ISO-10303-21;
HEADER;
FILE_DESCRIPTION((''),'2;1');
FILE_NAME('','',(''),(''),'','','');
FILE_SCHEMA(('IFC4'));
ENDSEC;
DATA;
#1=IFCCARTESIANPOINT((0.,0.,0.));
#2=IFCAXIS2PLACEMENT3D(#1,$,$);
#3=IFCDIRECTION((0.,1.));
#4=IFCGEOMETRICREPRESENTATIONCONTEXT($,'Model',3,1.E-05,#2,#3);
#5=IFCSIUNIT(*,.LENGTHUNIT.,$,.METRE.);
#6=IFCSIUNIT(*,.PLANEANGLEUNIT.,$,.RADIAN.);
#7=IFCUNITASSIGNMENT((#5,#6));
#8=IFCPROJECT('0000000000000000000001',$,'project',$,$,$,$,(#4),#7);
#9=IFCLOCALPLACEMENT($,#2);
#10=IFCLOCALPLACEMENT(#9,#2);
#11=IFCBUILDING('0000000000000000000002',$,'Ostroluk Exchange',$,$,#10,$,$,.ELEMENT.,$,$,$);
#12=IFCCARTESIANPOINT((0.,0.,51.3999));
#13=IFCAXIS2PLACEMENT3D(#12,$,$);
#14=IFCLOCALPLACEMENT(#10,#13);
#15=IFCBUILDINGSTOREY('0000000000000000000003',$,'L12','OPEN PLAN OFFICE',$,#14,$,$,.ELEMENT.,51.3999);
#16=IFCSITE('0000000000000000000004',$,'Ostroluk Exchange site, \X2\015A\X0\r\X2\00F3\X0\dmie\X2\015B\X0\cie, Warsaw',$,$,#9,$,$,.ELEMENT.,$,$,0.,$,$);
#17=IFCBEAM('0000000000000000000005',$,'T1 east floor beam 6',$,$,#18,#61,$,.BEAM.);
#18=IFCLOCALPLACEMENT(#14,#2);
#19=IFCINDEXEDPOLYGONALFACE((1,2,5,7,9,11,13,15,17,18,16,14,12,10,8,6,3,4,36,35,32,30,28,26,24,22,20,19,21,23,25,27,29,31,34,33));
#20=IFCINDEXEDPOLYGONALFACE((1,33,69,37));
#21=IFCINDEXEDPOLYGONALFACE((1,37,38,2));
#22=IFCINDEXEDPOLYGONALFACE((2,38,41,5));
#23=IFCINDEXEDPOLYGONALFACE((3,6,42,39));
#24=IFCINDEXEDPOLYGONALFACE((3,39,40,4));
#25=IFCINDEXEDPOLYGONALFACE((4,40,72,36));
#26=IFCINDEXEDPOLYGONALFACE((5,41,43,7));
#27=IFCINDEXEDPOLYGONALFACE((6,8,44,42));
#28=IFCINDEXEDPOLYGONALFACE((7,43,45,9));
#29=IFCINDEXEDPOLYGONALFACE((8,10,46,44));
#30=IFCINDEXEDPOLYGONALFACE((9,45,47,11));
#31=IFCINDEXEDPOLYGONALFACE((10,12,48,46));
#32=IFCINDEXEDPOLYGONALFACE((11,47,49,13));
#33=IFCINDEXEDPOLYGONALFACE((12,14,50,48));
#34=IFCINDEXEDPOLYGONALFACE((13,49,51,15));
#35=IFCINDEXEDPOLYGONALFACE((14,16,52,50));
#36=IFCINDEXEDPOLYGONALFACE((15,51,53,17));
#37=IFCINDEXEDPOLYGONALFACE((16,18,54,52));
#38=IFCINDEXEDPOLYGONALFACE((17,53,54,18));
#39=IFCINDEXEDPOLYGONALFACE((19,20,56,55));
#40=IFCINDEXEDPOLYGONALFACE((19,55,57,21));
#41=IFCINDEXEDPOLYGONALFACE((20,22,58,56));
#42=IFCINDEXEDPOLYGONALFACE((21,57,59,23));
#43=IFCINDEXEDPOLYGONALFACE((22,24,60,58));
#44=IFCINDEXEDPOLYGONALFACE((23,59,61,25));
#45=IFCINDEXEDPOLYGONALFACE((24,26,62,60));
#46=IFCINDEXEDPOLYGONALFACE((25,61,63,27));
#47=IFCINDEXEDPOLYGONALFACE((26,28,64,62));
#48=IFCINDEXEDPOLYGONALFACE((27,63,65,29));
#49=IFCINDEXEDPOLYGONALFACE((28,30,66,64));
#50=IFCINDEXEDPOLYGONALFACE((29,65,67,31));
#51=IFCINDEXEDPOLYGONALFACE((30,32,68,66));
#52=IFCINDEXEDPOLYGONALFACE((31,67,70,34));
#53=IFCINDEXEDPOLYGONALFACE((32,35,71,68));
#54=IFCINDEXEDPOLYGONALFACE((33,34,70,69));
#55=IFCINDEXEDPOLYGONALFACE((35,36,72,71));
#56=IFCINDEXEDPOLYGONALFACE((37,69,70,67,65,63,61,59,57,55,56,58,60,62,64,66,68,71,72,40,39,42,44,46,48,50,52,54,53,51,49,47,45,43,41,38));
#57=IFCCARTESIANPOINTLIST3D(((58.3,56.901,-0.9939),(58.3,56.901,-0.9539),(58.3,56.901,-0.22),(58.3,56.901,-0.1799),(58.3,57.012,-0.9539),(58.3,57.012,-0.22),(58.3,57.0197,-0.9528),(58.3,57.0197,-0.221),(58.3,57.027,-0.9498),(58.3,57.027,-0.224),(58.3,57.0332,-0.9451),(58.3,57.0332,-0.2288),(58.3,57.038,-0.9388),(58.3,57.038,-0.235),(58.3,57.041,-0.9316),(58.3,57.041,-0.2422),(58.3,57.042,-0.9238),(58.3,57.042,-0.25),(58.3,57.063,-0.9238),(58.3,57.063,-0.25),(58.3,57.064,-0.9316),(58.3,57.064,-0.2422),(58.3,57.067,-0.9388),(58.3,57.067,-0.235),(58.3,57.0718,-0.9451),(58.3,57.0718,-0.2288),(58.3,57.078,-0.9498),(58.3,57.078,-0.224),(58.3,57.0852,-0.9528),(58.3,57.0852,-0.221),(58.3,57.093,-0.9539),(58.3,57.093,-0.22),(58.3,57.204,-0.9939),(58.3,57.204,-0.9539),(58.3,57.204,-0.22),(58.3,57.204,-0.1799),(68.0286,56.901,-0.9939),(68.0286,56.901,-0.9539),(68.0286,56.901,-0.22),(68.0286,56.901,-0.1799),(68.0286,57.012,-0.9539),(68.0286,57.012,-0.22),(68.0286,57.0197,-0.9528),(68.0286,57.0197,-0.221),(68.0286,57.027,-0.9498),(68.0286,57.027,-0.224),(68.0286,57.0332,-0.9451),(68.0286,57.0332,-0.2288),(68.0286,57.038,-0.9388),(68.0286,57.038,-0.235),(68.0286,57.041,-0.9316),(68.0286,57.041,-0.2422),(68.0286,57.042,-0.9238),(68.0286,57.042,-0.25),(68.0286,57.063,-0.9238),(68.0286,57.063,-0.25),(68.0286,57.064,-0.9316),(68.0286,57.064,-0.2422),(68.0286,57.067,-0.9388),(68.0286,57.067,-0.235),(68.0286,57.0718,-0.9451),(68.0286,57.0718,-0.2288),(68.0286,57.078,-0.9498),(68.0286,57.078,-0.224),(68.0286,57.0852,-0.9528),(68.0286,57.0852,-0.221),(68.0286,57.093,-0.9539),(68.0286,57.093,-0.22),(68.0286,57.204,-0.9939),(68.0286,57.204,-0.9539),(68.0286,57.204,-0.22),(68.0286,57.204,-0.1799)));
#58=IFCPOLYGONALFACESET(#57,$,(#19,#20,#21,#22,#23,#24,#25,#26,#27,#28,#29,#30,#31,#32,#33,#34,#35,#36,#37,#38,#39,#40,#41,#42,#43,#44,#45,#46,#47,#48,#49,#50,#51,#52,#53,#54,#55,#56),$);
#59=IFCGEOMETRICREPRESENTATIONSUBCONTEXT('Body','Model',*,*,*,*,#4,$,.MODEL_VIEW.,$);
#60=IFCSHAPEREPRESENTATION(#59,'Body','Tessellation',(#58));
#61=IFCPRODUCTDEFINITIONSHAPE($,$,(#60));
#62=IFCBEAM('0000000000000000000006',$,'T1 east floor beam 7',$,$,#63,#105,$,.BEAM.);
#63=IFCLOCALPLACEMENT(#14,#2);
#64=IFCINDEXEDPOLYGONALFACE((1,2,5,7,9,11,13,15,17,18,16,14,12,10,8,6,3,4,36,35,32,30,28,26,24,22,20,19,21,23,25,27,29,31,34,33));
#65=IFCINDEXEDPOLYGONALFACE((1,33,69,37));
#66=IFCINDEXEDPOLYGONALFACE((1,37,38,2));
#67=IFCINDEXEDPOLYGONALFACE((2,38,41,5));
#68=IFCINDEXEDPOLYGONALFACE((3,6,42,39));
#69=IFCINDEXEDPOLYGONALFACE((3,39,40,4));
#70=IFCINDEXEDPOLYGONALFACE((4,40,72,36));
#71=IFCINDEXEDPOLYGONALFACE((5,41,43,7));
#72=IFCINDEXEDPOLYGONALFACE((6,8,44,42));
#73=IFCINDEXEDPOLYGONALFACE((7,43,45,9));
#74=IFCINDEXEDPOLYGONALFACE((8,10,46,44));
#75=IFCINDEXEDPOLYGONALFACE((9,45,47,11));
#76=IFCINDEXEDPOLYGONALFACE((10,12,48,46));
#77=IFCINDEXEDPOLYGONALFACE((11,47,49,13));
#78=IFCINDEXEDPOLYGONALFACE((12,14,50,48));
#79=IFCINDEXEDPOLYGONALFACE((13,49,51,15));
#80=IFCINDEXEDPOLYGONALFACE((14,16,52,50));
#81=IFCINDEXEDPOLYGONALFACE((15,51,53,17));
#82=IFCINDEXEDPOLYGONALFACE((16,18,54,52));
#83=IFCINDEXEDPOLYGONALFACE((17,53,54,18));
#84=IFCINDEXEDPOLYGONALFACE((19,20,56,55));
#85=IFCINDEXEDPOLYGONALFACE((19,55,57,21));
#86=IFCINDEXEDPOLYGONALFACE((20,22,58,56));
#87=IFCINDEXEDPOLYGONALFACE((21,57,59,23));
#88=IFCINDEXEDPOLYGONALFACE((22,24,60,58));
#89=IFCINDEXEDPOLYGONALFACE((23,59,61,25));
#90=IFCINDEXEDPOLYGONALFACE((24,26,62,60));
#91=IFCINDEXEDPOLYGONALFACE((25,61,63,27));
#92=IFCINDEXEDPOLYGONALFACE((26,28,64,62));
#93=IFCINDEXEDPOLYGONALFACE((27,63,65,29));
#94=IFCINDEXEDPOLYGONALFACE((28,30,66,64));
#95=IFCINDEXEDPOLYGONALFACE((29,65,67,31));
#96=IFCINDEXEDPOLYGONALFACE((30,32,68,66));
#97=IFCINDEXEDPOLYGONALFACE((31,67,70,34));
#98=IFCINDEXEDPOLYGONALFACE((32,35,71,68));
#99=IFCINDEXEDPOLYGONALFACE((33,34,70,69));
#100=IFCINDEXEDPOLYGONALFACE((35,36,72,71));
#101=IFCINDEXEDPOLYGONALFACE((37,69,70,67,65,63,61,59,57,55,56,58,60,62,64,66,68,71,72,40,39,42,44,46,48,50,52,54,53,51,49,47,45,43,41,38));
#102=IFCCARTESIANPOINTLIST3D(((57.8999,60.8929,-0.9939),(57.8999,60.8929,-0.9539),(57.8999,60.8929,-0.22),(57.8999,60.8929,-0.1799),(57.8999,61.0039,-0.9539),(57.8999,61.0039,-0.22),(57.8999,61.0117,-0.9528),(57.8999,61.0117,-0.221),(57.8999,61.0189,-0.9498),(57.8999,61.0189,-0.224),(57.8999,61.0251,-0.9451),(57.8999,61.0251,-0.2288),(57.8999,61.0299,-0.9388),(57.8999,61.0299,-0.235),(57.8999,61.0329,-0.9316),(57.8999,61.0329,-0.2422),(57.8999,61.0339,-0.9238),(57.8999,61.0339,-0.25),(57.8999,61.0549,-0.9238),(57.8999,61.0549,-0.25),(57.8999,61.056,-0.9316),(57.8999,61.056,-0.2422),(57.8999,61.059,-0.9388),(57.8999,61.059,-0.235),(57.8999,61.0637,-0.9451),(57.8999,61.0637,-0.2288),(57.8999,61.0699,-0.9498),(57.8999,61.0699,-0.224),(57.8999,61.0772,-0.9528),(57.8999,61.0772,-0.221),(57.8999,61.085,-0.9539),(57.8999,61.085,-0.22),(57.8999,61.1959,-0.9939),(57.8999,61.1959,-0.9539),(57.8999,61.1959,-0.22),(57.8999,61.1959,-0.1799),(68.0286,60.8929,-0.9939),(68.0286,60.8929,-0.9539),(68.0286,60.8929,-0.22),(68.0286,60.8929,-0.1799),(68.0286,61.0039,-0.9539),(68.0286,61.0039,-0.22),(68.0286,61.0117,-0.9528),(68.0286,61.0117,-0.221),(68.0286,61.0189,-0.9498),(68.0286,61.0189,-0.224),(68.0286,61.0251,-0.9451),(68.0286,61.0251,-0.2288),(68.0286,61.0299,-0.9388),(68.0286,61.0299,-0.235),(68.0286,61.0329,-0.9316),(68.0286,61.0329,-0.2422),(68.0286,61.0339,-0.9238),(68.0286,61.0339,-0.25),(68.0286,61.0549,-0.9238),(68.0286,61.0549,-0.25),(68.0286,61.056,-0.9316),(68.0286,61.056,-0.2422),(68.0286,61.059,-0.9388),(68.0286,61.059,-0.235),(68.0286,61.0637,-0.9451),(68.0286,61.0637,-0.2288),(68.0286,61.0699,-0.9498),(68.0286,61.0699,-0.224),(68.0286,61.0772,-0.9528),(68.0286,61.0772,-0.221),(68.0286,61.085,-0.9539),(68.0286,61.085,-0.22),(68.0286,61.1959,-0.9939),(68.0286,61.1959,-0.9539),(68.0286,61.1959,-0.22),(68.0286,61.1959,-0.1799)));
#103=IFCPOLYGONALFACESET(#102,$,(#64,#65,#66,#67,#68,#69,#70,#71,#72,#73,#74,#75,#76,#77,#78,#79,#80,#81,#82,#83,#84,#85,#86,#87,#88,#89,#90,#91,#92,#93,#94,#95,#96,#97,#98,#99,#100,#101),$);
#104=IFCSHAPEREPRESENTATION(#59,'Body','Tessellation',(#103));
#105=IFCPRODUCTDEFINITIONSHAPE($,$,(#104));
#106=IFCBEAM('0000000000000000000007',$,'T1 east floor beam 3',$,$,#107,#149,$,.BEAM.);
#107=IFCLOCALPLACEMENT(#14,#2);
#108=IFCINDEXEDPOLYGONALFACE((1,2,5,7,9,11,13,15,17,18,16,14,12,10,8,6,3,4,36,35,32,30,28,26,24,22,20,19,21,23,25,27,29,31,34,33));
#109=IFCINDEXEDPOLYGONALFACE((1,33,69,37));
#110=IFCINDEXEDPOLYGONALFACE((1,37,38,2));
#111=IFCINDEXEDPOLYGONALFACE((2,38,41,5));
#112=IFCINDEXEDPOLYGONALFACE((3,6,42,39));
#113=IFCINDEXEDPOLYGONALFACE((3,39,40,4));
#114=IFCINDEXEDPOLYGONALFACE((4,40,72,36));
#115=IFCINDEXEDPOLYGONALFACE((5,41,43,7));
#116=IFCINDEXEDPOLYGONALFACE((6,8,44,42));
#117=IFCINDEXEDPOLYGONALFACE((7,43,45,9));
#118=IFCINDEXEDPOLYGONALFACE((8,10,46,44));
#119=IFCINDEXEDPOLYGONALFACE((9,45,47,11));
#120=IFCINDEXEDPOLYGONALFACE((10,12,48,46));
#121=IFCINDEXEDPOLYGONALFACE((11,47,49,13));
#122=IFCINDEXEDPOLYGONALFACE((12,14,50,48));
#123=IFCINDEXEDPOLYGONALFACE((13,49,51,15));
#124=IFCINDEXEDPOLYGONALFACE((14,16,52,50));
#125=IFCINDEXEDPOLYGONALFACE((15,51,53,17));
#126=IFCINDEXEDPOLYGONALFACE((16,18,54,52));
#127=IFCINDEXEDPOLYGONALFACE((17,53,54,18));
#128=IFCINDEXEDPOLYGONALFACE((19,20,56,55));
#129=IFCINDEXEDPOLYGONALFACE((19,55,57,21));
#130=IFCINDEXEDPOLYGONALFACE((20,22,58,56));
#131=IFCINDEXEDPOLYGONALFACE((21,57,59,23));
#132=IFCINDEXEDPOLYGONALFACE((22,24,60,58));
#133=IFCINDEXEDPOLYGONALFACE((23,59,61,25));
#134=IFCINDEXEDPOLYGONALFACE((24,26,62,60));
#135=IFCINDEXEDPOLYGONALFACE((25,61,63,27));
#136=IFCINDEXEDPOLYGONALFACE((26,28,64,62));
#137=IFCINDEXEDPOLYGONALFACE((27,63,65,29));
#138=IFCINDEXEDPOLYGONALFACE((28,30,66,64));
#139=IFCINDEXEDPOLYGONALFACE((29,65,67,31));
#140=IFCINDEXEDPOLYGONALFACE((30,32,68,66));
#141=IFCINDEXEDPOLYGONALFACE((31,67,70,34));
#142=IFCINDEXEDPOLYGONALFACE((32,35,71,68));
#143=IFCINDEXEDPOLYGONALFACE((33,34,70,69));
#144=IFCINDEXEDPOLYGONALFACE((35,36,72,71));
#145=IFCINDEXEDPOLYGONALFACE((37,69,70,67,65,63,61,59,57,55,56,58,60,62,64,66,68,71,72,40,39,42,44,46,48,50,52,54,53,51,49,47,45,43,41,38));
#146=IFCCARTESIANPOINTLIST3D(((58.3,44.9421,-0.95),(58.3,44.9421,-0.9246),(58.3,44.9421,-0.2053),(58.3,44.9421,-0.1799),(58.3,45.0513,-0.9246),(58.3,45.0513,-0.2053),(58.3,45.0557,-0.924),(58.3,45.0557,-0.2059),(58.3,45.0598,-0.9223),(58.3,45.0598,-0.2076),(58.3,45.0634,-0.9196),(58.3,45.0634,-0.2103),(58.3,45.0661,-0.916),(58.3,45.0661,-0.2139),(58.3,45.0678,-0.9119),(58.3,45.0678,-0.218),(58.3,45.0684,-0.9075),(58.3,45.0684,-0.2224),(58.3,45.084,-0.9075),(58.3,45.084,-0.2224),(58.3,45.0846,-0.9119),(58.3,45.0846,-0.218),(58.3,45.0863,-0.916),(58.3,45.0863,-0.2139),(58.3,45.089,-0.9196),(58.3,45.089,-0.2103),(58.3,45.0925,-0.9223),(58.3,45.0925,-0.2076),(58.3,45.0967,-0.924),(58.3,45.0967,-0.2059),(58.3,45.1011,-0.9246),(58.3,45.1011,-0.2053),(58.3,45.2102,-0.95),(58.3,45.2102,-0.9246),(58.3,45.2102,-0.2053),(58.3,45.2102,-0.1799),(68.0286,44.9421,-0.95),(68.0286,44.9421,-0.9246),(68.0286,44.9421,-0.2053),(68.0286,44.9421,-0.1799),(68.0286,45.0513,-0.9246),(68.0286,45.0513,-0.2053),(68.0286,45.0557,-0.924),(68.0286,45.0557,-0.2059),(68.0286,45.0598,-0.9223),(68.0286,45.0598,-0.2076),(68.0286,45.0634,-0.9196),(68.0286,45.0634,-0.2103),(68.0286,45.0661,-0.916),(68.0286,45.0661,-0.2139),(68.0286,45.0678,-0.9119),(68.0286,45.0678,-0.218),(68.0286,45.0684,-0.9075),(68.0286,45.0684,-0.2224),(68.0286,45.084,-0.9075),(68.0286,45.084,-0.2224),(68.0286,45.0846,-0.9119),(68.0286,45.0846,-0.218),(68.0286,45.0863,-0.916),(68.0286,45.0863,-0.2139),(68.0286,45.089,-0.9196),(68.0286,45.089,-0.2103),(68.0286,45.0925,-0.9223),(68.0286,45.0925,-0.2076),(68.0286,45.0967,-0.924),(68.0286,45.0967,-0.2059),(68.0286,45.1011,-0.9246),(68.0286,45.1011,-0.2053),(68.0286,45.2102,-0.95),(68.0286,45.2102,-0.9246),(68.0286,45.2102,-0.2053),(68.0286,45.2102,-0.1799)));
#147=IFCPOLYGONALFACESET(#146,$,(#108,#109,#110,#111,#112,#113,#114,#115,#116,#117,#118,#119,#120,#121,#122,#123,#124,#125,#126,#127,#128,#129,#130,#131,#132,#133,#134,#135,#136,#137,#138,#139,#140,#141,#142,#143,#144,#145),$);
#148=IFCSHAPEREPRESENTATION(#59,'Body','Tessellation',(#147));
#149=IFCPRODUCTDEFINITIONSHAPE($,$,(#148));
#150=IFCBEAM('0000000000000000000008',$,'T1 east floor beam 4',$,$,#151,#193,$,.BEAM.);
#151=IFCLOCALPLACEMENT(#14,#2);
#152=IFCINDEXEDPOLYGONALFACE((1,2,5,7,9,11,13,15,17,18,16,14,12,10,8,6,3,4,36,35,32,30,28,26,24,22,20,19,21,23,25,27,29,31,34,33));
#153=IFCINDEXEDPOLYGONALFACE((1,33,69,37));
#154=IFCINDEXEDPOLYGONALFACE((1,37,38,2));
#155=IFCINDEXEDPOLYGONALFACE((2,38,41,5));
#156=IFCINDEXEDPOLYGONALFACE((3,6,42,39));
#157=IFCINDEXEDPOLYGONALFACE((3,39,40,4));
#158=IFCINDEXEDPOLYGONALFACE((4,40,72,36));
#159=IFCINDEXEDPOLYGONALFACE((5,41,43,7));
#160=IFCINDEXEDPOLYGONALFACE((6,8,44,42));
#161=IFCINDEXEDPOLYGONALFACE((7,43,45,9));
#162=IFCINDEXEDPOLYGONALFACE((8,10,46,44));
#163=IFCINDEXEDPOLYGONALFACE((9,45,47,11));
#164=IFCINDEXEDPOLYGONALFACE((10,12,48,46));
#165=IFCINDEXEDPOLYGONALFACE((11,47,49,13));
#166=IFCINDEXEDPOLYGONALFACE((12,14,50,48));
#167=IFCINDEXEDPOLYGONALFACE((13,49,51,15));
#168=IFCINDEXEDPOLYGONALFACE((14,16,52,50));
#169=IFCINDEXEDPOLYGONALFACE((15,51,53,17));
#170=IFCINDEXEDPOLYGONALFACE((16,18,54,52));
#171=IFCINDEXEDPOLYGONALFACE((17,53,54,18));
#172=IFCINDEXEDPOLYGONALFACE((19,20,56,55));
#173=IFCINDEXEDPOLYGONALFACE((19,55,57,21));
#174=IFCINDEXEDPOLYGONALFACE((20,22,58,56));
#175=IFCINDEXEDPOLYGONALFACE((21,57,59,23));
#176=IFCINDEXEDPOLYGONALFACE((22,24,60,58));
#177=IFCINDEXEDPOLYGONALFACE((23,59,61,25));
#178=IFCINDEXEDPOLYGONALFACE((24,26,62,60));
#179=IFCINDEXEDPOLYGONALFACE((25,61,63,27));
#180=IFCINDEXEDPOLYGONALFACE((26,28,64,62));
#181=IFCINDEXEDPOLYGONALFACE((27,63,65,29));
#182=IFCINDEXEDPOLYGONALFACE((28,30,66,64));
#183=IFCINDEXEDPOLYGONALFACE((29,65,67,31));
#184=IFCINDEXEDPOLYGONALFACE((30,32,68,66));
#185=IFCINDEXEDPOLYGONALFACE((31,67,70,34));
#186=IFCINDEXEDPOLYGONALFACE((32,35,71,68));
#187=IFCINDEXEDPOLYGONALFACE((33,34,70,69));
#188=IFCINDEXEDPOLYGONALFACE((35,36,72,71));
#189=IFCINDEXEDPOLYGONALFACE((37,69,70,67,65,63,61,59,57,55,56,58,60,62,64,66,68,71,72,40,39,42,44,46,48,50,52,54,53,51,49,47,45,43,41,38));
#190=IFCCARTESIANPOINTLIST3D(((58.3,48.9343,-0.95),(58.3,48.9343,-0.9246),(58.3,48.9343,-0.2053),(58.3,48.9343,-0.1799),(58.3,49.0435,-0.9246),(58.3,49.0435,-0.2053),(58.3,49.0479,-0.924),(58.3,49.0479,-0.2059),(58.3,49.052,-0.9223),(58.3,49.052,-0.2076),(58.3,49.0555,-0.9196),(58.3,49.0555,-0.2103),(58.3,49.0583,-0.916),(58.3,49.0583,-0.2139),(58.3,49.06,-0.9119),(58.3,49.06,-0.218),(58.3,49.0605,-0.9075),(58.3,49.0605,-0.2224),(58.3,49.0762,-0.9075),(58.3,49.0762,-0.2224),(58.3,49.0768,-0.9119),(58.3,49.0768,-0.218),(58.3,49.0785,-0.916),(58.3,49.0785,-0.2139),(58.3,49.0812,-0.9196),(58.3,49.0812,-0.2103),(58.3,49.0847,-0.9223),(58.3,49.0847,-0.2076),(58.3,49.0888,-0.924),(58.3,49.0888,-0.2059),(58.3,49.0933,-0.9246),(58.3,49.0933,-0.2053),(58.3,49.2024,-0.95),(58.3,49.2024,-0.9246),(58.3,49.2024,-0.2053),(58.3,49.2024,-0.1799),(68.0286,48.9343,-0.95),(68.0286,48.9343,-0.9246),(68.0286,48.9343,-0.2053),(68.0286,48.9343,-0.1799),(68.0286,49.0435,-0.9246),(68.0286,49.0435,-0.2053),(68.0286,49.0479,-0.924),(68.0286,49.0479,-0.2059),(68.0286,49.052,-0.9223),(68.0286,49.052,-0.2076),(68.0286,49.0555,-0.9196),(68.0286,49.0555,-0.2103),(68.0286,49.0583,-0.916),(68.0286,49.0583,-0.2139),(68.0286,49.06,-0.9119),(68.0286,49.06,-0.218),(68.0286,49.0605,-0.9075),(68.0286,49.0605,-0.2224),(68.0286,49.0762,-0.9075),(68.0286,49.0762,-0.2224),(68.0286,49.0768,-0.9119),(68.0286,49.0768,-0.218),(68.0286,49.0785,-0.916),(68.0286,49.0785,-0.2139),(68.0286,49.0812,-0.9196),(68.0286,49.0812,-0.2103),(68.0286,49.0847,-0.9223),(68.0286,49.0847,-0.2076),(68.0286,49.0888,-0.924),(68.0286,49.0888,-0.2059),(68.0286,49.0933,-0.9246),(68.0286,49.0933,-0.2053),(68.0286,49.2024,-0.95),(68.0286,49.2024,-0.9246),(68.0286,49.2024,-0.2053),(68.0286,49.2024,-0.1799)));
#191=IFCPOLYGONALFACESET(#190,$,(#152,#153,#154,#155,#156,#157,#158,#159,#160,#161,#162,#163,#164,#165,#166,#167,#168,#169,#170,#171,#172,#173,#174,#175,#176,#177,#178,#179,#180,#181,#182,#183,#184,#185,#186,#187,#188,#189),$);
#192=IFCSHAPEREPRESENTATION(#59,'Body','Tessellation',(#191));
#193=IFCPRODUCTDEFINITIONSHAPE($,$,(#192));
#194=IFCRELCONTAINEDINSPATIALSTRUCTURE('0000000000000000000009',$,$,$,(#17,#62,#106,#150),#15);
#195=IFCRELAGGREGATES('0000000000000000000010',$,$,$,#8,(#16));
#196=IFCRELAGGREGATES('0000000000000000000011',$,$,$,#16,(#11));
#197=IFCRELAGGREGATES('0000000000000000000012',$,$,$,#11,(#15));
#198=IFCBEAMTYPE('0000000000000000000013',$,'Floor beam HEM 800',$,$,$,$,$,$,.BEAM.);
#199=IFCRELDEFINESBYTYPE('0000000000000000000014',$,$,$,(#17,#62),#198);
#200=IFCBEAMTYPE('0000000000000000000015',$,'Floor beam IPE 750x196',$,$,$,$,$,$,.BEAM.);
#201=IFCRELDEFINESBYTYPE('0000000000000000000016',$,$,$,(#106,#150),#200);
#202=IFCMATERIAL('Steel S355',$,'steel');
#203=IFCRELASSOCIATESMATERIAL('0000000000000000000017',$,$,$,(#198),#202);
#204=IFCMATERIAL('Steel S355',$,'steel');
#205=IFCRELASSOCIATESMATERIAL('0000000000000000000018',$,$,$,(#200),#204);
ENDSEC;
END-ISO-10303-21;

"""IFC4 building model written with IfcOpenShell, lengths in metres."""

from ifc_helpers import new_model, si_unit, direction, frame, origin, origin_2d, place, context, subcontext, project, spatial, i_section, extrude, material, material_profile, profile_set, type_object, element, save


model = new_model("IFC4")

# Units and contexts
model_context = context("Model", 3, precision=1e-05, world=origin(), true_north=direction((0.0, 1.0)))
body_context = subcontext(model_context, "Body", "Model", "MODEL_VIEW")
ifc_project = project(units=[si_unit("LENGTHUNIT", "METRE"), si_unit("PLANEANGLEUNIT", "RADIAN")], contexts=[model_context])

# Site, building, storey
site_placement = place(None, origin())
site = spatial("IfcSite", under=ifc_project, at=site_placement, Name="Ostroluk Exchange site, Śródmieście, Warsaw", CompositionType="ELEMENT", RefElevation=0.0)
building_placement = place(site_placement, origin())
building = spatial("IfcBuilding", under=site, at=building_placement, Name="Ostroluk Exchange", CompositionType="ELEMENT")
storey_placement = place(building_placement, frame((0.0, 0.0, 51.3999)))
storey = spatial("IfcBuildingStorey", under=building, at=storey_placement, Name="L12", Description="OPEN PLAN OFFICE", CompositionType="ELEMENT", Elevation=51.3999)

# Beams
ifc_material_1 = material(Name="Steel S355", Category="steel")
ifc_material_profile_1 = material_profile(ifc_material_1, i_section(OverallWidth=0.303, OverallDepth=0.814, WebThickness=0.021, FlangeThickness=0.04, FilletRadius=0.03, at=origin_2d()), Name="HEM 800")
ifc_profile_set_1 = profile_set([ifc_material_profile_1], Name="Steel S355")
beam_type_1 = type_object("IfcBeamType", Name="Floor beam HEM 800", PredefinedType="BEAM", material=ifc_profile_set_1)
beam_1_placement = place(storey_placement, frame((58.3, 57.0525, -0.5869), z_axis=(1.0, 0.0, 0.0), x_axis=(0.0, 1.0, 0.0)))
element("IfcBeam", 1, at=beam_1_placement, inside=storey, type_object=beam_type_1, Name="T1 east floor beam 6", PredefinedType="BEAM", context=body_context, shape_type="SweptSolid", body=[
    extrude(i_section(OverallWidth=0.303, OverallDepth=0.814, WebThickness=0.021, FlangeThickness=0.04, FilletRadius=0.03, at=origin_2d()), origin(), (0.0, 0.0, 1.0), 9.7285),
])
beam_2_placement = place(storey_placement, frame((57.8999, 61.0444, -0.5869), z_axis=(1.0, 0.0, 0.0), x_axis=(0.0, 1.0, 0.0)))
element("IfcBeam", 2, at=beam_2_placement, inside=storey, type_object=beam_type_1, Name="T1 east floor beam 7", PredefinedType="BEAM", context=body_context, shape_type="SweptSolid", body=[
    extrude(i_section(OverallWidth=0.303, OverallDepth=0.814, WebThickness=0.021, FlangeThickness=0.04, FilletRadius=0.03, at=origin_2d()), origin(), (0.0, 0.0, 1.0), 10.1287),
])
ifc_material_2 = material(Name="Steel S355", Category="steel")
ifc_material_profile_2 = material_profile(ifc_material_2, i_section(OverallWidth=0.2681, OverallDepth=0.77, WebThickness=0.0156, FlangeThickness=0.0254, FilletRadius=0.0171, at=origin_2d()), Name="IPE 750x196")
ifc_profile_set_2 = profile_set([ifc_material_profile_2], Name="Steel S355")
beam_type_2 = type_object("IfcBeamType", Name="Floor beam IPE 750x196", PredefinedType="BEAM", material=ifc_profile_set_2)
for number, where, z_axis, x_axis, name in (
    (3, (58.3, 45.0762, -0.5649), (1.0, 0.0, 0.0), (0.0, 1.0, 0.0), "T1 east floor beam 3"),
    (4, (58.3, 49.0684, -0.5649), (1.0, 0.0, 0.0), (0.0, 1.0, 0.0), "T1 east floor beam 4"),
):
    element("IfcBeam", number, at=place(storey_placement, frame(where, z_axis=z_axis, x_axis=x_axis)), inside=storey, type_object=beam_type_2, Name=name, PredefinedType="BEAM", context=body_context, shape_type="SweptSolid", body=[
        extrude(i_section(OverallWidth=0.2681, OverallDepth=0.77, WebThickness=0.0156, FlangeThickness=0.0254, FilletRadius=0.0171, at=origin_2d()), origin(), (0.0, 0.0, 1.0), 9.7285),
    ])

save(model, "model.ifc")
